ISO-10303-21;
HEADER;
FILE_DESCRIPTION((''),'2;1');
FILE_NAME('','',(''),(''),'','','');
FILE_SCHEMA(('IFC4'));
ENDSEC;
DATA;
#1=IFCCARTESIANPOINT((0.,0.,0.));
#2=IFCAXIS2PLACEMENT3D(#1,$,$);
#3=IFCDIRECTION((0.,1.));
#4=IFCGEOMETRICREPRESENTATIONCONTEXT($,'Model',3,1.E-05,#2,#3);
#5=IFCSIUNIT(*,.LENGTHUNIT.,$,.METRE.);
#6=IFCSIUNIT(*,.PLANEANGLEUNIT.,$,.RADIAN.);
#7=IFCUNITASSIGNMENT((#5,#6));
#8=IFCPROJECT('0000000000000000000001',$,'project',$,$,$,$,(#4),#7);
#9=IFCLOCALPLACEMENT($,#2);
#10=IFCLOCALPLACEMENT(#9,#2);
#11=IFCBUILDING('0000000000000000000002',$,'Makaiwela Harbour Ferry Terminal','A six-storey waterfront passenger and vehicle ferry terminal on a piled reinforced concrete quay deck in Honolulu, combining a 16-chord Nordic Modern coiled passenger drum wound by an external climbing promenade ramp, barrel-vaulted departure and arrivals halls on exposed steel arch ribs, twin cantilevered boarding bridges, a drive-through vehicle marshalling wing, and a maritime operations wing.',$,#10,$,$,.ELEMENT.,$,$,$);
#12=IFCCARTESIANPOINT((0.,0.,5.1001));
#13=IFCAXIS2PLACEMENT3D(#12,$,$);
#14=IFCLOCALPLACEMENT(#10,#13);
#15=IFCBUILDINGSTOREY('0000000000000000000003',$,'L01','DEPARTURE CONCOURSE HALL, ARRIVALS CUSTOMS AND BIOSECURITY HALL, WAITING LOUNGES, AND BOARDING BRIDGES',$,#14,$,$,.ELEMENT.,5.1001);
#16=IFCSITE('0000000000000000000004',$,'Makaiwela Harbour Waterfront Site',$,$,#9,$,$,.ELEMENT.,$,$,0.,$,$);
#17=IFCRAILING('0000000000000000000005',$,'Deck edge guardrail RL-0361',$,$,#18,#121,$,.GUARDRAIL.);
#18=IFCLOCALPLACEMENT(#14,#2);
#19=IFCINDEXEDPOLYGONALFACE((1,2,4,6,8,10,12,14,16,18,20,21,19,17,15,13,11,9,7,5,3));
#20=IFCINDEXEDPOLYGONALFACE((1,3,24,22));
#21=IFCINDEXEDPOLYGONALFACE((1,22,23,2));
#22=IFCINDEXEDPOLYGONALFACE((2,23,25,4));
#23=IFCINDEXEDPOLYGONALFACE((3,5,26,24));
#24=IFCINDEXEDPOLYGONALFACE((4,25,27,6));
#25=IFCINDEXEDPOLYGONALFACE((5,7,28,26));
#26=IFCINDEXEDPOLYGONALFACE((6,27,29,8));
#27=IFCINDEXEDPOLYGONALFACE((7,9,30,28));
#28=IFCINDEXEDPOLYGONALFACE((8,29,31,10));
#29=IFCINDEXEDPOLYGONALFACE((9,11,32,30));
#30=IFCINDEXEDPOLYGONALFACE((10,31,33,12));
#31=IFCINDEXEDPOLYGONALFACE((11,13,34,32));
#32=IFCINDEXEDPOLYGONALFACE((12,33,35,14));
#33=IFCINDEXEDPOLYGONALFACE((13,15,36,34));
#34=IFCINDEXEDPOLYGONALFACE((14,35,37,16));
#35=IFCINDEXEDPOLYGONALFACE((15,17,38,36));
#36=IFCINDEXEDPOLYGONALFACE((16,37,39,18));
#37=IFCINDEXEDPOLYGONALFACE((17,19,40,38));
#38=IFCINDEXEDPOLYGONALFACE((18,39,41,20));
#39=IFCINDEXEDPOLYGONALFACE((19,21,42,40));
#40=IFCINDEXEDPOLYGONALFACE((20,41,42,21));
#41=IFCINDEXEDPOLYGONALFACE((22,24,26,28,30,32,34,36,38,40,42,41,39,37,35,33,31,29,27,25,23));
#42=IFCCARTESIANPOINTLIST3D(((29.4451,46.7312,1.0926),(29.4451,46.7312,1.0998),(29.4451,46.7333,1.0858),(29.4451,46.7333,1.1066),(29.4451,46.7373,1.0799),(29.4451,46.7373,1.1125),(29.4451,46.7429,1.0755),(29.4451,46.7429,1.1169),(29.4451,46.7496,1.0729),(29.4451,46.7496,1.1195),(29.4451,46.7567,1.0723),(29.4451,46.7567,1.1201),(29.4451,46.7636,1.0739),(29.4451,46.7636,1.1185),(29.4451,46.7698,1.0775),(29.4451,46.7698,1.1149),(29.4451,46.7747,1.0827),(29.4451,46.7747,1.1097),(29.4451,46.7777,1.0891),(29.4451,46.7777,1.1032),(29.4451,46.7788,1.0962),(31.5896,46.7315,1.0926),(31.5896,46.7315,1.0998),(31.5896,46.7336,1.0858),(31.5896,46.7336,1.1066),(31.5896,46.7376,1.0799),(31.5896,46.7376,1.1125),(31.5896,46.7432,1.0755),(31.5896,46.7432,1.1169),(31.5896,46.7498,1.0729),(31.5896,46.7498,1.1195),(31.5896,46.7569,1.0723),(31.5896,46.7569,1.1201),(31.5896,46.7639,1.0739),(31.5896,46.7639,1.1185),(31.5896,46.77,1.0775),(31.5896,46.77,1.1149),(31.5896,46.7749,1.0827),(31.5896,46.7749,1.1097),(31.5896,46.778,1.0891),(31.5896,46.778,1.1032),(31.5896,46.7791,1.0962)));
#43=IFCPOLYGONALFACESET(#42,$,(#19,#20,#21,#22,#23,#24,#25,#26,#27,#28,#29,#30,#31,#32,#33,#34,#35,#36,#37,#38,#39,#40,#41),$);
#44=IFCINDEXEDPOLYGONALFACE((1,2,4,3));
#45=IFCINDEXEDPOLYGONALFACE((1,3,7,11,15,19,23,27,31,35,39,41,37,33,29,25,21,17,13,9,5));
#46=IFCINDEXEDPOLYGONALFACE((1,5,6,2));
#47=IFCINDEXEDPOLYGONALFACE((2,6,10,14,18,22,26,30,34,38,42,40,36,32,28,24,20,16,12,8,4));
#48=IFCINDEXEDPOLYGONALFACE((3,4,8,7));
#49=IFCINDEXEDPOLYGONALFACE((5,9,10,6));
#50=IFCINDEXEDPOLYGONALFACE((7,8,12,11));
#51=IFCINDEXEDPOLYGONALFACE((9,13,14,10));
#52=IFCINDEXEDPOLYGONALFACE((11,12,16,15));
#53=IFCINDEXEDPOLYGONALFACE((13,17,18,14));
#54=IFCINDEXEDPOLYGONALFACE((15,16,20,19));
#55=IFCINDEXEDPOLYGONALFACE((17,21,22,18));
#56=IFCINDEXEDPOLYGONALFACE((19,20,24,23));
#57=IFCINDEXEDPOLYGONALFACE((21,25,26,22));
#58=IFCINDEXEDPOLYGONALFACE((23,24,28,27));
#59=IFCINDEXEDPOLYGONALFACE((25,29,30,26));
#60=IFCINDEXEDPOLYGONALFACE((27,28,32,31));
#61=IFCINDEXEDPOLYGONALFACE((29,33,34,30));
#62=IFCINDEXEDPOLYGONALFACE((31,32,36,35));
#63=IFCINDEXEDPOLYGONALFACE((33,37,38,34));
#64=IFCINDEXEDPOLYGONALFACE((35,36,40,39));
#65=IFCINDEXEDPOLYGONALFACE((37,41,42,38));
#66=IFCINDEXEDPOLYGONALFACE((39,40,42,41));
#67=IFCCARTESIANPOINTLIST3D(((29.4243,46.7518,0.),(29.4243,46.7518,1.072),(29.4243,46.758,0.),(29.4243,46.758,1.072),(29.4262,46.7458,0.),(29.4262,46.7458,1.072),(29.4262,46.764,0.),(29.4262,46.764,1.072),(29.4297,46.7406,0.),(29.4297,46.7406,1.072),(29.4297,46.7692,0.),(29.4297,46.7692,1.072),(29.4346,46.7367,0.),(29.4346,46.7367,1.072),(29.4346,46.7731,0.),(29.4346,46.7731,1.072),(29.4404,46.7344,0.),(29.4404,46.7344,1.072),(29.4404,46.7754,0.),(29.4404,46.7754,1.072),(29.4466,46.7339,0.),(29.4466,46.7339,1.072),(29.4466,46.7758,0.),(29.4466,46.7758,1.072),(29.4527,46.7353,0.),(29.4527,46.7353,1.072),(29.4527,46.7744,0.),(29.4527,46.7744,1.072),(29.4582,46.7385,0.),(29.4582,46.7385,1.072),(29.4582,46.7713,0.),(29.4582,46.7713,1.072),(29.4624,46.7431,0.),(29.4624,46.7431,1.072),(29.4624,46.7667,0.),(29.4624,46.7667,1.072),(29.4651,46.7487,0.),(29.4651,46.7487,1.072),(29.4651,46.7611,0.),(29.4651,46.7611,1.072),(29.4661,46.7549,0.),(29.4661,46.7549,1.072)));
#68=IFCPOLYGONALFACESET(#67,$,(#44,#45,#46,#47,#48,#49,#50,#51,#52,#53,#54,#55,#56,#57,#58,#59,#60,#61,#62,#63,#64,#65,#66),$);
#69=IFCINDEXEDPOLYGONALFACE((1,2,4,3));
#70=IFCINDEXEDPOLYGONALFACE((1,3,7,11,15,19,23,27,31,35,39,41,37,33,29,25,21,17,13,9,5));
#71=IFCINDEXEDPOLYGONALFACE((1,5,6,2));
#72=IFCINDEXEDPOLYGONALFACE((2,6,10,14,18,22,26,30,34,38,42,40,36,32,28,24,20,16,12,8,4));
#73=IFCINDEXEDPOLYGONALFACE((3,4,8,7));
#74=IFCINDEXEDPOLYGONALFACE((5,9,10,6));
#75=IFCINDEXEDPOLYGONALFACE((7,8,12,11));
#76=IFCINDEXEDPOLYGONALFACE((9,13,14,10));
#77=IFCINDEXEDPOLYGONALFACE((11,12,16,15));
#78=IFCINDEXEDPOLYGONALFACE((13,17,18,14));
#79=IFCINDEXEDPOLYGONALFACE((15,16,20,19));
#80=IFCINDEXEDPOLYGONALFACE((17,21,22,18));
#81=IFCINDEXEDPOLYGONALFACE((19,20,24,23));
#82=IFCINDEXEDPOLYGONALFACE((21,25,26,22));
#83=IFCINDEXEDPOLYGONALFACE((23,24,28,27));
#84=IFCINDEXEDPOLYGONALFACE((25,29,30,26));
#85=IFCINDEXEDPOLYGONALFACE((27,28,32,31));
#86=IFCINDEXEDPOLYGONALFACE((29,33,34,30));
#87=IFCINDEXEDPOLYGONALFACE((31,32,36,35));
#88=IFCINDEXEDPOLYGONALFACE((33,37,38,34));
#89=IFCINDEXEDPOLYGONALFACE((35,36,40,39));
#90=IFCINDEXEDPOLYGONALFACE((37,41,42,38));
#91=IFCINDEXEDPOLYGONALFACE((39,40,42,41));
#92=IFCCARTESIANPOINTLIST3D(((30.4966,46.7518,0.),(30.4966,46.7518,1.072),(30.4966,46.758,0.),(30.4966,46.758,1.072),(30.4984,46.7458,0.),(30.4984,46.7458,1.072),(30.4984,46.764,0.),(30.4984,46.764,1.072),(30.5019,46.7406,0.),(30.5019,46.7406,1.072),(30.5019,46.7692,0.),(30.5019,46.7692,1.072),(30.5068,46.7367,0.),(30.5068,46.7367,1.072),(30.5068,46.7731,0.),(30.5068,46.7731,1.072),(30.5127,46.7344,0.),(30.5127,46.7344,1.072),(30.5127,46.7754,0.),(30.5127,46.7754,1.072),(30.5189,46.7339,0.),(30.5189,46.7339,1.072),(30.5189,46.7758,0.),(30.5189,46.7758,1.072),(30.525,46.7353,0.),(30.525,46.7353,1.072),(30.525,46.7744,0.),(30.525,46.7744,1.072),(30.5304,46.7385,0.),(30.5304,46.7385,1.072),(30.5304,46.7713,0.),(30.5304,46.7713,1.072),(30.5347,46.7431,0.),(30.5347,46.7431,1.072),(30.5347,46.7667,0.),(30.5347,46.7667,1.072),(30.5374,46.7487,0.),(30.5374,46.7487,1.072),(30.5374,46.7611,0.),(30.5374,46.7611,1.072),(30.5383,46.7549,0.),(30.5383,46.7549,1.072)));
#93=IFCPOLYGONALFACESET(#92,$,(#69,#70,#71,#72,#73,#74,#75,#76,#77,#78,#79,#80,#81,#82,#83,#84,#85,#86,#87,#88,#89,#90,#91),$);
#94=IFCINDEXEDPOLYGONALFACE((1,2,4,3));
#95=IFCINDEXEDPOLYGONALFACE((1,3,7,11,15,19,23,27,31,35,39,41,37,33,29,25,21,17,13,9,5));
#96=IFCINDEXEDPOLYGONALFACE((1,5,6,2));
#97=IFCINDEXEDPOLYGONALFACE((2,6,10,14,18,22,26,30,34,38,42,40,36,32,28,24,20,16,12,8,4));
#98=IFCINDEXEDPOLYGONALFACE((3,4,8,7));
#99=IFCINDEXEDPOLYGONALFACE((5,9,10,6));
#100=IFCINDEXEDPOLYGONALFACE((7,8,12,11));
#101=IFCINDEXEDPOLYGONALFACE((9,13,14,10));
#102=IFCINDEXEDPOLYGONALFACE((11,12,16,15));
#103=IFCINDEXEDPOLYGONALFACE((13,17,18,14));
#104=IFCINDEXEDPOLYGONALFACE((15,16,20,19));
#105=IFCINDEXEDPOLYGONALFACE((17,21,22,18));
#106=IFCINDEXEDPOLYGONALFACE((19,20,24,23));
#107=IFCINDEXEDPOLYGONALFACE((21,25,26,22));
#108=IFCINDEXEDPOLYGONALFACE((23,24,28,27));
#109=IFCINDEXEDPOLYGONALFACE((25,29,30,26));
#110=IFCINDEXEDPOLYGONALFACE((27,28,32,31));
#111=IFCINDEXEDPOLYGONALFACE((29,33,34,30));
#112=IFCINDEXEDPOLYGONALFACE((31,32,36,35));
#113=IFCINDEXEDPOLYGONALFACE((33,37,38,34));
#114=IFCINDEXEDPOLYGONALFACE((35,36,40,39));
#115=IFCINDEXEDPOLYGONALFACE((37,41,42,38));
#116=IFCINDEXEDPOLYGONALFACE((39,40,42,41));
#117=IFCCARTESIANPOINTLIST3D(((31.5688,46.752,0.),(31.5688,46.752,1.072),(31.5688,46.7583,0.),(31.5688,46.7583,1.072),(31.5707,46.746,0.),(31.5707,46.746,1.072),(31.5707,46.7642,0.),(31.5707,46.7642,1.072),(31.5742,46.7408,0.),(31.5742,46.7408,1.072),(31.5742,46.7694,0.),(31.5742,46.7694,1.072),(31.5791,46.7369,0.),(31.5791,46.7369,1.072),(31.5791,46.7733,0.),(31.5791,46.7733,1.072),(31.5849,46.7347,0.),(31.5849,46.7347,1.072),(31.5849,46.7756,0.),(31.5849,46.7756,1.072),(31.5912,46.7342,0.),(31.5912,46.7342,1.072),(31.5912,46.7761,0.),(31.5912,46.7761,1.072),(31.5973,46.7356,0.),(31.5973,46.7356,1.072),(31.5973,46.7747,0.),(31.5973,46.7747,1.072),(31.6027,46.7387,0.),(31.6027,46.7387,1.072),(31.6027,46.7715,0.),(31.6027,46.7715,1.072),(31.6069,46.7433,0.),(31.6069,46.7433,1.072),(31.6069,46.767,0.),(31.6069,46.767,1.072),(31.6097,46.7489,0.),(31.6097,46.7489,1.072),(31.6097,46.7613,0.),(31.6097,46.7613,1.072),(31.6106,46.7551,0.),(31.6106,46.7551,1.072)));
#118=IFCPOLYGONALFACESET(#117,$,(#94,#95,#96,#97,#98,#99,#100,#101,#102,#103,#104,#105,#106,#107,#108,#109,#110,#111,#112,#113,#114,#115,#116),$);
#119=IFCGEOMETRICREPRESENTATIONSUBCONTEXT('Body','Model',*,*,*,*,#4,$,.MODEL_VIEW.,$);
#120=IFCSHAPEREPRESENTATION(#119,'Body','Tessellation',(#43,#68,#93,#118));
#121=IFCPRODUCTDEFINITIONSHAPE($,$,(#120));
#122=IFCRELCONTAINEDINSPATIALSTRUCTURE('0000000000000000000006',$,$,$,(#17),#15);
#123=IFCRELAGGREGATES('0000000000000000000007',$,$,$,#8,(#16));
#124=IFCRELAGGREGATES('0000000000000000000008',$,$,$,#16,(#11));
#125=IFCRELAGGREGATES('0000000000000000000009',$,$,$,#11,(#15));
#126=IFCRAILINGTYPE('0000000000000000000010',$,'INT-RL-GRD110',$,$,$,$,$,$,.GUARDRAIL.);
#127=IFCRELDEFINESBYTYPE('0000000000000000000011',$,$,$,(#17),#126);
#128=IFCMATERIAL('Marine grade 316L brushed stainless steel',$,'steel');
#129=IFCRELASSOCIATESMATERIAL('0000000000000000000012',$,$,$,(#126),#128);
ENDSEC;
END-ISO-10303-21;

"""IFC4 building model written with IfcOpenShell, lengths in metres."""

from ifc_helpers import new_model, si_unit, direction, frame, origin, origin_2d, place, context, subcontext, project, spatial, circle, extrude, material, type_object, element, save


model = new_model("IFC4")

# Units and contexts
model_context = context("Model", 3, precision=1e-05, world=origin(), true_north=direction((0.0, 1.0)))
body_context = subcontext(model_context, "Body", "Model", "MODEL_VIEW")
ifc_project = project(units=[si_unit("LENGTHUNIT", "METRE"), si_unit("PLANEANGLEUNIT", "RADIAN")], contexts=[model_context])

# Site, building, storey
site_placement = place(None, origin())
site = spatial("IfcSite", under=ifc_project, at=site_placement, Name="Makaiwela Harbour Waterfront Site", CompositionType="ELEMENT", RefElevation=0.0)
building_placement = place(site_placement, origin())
building = spatial("IfcBuilding", under=site, at=building_placement, Name="Makaiwela Harbour Ferry Terminal", Description="A six-storey waterfront passenger and vehicle ferry terminal on a piled reinforced concrete quay deck in Honolulu, combining a 16-chord Nordic Modern coiled passenger drum wound by an external climbing promenade ramp, barrel-vaulted departure and arrivals halls on exposed steel arch ribs, twin cantilevered boarding bridges, a drive-through vehicle marshalling wing, and a maritime operations wing.", CompositionType="ELEMENT")
storey_placement = place(building_placement, frame((0.0, 0.0, 5.1001)))
storey = spatial("IfcBuildingStorey", under=building, at=storey_placement, Name="L01", Description="DEPARTURE CONCOURSE HALL, ARRIVALS CUSTOMS AND BIOSECURITY HALL, WAITING LOUNGES, AND BOARDING BRIDGES", CompositionType="ELEMENT", Elevation=5.1001)

# Railing
ifc_material_1 = material(Name="Marine grade 316L brushed stainless steel", Category="steel")
railing_type = type_object("IfcRailingType", Name="INT-RL-GRD110", PredefinedType="GUARDRAIL", material=ifc_material_1)
railing_1_placement = place(storey_placement, frame((29.4451, 46.7549, 0.0)))
element("IfcRailing", 1, at=railing_1_placement, inside=storey, type_object=railing_type, Name="Deck edge guardrail RL-0361", PredefinedType="GUARDRAIL", context=body_context, shape_type="SweptSolid", body=[
    extrude(circle(Radius=0.0239, at=origin_2d()), frame((0.0, 0.0, 1.0962), z_axis=(1.0, 0.000114, 0.0), x_axis=(-0.000114, 1.0, 0.0)), (0.0, 0.0, 1.0), 2.1445),
    extrude(circle(Radius=0.021, at=origin_2d()), origin(), (0.0, 0.0, 1.0), 1.072),
    extrude(circle(Radius=0.021, at=origin_2d()), frame((1.0723, 0.0, 0.0)), (0.0, 0.0, 1.0), 1.072),
    extrude(circle(Radius=0.021, at=origin_2d()), frame((2.1445, 0.0002, 0.0)), (0.0, 0.0, 1.0), 1.072),
])

save(model, "model.ifc")
